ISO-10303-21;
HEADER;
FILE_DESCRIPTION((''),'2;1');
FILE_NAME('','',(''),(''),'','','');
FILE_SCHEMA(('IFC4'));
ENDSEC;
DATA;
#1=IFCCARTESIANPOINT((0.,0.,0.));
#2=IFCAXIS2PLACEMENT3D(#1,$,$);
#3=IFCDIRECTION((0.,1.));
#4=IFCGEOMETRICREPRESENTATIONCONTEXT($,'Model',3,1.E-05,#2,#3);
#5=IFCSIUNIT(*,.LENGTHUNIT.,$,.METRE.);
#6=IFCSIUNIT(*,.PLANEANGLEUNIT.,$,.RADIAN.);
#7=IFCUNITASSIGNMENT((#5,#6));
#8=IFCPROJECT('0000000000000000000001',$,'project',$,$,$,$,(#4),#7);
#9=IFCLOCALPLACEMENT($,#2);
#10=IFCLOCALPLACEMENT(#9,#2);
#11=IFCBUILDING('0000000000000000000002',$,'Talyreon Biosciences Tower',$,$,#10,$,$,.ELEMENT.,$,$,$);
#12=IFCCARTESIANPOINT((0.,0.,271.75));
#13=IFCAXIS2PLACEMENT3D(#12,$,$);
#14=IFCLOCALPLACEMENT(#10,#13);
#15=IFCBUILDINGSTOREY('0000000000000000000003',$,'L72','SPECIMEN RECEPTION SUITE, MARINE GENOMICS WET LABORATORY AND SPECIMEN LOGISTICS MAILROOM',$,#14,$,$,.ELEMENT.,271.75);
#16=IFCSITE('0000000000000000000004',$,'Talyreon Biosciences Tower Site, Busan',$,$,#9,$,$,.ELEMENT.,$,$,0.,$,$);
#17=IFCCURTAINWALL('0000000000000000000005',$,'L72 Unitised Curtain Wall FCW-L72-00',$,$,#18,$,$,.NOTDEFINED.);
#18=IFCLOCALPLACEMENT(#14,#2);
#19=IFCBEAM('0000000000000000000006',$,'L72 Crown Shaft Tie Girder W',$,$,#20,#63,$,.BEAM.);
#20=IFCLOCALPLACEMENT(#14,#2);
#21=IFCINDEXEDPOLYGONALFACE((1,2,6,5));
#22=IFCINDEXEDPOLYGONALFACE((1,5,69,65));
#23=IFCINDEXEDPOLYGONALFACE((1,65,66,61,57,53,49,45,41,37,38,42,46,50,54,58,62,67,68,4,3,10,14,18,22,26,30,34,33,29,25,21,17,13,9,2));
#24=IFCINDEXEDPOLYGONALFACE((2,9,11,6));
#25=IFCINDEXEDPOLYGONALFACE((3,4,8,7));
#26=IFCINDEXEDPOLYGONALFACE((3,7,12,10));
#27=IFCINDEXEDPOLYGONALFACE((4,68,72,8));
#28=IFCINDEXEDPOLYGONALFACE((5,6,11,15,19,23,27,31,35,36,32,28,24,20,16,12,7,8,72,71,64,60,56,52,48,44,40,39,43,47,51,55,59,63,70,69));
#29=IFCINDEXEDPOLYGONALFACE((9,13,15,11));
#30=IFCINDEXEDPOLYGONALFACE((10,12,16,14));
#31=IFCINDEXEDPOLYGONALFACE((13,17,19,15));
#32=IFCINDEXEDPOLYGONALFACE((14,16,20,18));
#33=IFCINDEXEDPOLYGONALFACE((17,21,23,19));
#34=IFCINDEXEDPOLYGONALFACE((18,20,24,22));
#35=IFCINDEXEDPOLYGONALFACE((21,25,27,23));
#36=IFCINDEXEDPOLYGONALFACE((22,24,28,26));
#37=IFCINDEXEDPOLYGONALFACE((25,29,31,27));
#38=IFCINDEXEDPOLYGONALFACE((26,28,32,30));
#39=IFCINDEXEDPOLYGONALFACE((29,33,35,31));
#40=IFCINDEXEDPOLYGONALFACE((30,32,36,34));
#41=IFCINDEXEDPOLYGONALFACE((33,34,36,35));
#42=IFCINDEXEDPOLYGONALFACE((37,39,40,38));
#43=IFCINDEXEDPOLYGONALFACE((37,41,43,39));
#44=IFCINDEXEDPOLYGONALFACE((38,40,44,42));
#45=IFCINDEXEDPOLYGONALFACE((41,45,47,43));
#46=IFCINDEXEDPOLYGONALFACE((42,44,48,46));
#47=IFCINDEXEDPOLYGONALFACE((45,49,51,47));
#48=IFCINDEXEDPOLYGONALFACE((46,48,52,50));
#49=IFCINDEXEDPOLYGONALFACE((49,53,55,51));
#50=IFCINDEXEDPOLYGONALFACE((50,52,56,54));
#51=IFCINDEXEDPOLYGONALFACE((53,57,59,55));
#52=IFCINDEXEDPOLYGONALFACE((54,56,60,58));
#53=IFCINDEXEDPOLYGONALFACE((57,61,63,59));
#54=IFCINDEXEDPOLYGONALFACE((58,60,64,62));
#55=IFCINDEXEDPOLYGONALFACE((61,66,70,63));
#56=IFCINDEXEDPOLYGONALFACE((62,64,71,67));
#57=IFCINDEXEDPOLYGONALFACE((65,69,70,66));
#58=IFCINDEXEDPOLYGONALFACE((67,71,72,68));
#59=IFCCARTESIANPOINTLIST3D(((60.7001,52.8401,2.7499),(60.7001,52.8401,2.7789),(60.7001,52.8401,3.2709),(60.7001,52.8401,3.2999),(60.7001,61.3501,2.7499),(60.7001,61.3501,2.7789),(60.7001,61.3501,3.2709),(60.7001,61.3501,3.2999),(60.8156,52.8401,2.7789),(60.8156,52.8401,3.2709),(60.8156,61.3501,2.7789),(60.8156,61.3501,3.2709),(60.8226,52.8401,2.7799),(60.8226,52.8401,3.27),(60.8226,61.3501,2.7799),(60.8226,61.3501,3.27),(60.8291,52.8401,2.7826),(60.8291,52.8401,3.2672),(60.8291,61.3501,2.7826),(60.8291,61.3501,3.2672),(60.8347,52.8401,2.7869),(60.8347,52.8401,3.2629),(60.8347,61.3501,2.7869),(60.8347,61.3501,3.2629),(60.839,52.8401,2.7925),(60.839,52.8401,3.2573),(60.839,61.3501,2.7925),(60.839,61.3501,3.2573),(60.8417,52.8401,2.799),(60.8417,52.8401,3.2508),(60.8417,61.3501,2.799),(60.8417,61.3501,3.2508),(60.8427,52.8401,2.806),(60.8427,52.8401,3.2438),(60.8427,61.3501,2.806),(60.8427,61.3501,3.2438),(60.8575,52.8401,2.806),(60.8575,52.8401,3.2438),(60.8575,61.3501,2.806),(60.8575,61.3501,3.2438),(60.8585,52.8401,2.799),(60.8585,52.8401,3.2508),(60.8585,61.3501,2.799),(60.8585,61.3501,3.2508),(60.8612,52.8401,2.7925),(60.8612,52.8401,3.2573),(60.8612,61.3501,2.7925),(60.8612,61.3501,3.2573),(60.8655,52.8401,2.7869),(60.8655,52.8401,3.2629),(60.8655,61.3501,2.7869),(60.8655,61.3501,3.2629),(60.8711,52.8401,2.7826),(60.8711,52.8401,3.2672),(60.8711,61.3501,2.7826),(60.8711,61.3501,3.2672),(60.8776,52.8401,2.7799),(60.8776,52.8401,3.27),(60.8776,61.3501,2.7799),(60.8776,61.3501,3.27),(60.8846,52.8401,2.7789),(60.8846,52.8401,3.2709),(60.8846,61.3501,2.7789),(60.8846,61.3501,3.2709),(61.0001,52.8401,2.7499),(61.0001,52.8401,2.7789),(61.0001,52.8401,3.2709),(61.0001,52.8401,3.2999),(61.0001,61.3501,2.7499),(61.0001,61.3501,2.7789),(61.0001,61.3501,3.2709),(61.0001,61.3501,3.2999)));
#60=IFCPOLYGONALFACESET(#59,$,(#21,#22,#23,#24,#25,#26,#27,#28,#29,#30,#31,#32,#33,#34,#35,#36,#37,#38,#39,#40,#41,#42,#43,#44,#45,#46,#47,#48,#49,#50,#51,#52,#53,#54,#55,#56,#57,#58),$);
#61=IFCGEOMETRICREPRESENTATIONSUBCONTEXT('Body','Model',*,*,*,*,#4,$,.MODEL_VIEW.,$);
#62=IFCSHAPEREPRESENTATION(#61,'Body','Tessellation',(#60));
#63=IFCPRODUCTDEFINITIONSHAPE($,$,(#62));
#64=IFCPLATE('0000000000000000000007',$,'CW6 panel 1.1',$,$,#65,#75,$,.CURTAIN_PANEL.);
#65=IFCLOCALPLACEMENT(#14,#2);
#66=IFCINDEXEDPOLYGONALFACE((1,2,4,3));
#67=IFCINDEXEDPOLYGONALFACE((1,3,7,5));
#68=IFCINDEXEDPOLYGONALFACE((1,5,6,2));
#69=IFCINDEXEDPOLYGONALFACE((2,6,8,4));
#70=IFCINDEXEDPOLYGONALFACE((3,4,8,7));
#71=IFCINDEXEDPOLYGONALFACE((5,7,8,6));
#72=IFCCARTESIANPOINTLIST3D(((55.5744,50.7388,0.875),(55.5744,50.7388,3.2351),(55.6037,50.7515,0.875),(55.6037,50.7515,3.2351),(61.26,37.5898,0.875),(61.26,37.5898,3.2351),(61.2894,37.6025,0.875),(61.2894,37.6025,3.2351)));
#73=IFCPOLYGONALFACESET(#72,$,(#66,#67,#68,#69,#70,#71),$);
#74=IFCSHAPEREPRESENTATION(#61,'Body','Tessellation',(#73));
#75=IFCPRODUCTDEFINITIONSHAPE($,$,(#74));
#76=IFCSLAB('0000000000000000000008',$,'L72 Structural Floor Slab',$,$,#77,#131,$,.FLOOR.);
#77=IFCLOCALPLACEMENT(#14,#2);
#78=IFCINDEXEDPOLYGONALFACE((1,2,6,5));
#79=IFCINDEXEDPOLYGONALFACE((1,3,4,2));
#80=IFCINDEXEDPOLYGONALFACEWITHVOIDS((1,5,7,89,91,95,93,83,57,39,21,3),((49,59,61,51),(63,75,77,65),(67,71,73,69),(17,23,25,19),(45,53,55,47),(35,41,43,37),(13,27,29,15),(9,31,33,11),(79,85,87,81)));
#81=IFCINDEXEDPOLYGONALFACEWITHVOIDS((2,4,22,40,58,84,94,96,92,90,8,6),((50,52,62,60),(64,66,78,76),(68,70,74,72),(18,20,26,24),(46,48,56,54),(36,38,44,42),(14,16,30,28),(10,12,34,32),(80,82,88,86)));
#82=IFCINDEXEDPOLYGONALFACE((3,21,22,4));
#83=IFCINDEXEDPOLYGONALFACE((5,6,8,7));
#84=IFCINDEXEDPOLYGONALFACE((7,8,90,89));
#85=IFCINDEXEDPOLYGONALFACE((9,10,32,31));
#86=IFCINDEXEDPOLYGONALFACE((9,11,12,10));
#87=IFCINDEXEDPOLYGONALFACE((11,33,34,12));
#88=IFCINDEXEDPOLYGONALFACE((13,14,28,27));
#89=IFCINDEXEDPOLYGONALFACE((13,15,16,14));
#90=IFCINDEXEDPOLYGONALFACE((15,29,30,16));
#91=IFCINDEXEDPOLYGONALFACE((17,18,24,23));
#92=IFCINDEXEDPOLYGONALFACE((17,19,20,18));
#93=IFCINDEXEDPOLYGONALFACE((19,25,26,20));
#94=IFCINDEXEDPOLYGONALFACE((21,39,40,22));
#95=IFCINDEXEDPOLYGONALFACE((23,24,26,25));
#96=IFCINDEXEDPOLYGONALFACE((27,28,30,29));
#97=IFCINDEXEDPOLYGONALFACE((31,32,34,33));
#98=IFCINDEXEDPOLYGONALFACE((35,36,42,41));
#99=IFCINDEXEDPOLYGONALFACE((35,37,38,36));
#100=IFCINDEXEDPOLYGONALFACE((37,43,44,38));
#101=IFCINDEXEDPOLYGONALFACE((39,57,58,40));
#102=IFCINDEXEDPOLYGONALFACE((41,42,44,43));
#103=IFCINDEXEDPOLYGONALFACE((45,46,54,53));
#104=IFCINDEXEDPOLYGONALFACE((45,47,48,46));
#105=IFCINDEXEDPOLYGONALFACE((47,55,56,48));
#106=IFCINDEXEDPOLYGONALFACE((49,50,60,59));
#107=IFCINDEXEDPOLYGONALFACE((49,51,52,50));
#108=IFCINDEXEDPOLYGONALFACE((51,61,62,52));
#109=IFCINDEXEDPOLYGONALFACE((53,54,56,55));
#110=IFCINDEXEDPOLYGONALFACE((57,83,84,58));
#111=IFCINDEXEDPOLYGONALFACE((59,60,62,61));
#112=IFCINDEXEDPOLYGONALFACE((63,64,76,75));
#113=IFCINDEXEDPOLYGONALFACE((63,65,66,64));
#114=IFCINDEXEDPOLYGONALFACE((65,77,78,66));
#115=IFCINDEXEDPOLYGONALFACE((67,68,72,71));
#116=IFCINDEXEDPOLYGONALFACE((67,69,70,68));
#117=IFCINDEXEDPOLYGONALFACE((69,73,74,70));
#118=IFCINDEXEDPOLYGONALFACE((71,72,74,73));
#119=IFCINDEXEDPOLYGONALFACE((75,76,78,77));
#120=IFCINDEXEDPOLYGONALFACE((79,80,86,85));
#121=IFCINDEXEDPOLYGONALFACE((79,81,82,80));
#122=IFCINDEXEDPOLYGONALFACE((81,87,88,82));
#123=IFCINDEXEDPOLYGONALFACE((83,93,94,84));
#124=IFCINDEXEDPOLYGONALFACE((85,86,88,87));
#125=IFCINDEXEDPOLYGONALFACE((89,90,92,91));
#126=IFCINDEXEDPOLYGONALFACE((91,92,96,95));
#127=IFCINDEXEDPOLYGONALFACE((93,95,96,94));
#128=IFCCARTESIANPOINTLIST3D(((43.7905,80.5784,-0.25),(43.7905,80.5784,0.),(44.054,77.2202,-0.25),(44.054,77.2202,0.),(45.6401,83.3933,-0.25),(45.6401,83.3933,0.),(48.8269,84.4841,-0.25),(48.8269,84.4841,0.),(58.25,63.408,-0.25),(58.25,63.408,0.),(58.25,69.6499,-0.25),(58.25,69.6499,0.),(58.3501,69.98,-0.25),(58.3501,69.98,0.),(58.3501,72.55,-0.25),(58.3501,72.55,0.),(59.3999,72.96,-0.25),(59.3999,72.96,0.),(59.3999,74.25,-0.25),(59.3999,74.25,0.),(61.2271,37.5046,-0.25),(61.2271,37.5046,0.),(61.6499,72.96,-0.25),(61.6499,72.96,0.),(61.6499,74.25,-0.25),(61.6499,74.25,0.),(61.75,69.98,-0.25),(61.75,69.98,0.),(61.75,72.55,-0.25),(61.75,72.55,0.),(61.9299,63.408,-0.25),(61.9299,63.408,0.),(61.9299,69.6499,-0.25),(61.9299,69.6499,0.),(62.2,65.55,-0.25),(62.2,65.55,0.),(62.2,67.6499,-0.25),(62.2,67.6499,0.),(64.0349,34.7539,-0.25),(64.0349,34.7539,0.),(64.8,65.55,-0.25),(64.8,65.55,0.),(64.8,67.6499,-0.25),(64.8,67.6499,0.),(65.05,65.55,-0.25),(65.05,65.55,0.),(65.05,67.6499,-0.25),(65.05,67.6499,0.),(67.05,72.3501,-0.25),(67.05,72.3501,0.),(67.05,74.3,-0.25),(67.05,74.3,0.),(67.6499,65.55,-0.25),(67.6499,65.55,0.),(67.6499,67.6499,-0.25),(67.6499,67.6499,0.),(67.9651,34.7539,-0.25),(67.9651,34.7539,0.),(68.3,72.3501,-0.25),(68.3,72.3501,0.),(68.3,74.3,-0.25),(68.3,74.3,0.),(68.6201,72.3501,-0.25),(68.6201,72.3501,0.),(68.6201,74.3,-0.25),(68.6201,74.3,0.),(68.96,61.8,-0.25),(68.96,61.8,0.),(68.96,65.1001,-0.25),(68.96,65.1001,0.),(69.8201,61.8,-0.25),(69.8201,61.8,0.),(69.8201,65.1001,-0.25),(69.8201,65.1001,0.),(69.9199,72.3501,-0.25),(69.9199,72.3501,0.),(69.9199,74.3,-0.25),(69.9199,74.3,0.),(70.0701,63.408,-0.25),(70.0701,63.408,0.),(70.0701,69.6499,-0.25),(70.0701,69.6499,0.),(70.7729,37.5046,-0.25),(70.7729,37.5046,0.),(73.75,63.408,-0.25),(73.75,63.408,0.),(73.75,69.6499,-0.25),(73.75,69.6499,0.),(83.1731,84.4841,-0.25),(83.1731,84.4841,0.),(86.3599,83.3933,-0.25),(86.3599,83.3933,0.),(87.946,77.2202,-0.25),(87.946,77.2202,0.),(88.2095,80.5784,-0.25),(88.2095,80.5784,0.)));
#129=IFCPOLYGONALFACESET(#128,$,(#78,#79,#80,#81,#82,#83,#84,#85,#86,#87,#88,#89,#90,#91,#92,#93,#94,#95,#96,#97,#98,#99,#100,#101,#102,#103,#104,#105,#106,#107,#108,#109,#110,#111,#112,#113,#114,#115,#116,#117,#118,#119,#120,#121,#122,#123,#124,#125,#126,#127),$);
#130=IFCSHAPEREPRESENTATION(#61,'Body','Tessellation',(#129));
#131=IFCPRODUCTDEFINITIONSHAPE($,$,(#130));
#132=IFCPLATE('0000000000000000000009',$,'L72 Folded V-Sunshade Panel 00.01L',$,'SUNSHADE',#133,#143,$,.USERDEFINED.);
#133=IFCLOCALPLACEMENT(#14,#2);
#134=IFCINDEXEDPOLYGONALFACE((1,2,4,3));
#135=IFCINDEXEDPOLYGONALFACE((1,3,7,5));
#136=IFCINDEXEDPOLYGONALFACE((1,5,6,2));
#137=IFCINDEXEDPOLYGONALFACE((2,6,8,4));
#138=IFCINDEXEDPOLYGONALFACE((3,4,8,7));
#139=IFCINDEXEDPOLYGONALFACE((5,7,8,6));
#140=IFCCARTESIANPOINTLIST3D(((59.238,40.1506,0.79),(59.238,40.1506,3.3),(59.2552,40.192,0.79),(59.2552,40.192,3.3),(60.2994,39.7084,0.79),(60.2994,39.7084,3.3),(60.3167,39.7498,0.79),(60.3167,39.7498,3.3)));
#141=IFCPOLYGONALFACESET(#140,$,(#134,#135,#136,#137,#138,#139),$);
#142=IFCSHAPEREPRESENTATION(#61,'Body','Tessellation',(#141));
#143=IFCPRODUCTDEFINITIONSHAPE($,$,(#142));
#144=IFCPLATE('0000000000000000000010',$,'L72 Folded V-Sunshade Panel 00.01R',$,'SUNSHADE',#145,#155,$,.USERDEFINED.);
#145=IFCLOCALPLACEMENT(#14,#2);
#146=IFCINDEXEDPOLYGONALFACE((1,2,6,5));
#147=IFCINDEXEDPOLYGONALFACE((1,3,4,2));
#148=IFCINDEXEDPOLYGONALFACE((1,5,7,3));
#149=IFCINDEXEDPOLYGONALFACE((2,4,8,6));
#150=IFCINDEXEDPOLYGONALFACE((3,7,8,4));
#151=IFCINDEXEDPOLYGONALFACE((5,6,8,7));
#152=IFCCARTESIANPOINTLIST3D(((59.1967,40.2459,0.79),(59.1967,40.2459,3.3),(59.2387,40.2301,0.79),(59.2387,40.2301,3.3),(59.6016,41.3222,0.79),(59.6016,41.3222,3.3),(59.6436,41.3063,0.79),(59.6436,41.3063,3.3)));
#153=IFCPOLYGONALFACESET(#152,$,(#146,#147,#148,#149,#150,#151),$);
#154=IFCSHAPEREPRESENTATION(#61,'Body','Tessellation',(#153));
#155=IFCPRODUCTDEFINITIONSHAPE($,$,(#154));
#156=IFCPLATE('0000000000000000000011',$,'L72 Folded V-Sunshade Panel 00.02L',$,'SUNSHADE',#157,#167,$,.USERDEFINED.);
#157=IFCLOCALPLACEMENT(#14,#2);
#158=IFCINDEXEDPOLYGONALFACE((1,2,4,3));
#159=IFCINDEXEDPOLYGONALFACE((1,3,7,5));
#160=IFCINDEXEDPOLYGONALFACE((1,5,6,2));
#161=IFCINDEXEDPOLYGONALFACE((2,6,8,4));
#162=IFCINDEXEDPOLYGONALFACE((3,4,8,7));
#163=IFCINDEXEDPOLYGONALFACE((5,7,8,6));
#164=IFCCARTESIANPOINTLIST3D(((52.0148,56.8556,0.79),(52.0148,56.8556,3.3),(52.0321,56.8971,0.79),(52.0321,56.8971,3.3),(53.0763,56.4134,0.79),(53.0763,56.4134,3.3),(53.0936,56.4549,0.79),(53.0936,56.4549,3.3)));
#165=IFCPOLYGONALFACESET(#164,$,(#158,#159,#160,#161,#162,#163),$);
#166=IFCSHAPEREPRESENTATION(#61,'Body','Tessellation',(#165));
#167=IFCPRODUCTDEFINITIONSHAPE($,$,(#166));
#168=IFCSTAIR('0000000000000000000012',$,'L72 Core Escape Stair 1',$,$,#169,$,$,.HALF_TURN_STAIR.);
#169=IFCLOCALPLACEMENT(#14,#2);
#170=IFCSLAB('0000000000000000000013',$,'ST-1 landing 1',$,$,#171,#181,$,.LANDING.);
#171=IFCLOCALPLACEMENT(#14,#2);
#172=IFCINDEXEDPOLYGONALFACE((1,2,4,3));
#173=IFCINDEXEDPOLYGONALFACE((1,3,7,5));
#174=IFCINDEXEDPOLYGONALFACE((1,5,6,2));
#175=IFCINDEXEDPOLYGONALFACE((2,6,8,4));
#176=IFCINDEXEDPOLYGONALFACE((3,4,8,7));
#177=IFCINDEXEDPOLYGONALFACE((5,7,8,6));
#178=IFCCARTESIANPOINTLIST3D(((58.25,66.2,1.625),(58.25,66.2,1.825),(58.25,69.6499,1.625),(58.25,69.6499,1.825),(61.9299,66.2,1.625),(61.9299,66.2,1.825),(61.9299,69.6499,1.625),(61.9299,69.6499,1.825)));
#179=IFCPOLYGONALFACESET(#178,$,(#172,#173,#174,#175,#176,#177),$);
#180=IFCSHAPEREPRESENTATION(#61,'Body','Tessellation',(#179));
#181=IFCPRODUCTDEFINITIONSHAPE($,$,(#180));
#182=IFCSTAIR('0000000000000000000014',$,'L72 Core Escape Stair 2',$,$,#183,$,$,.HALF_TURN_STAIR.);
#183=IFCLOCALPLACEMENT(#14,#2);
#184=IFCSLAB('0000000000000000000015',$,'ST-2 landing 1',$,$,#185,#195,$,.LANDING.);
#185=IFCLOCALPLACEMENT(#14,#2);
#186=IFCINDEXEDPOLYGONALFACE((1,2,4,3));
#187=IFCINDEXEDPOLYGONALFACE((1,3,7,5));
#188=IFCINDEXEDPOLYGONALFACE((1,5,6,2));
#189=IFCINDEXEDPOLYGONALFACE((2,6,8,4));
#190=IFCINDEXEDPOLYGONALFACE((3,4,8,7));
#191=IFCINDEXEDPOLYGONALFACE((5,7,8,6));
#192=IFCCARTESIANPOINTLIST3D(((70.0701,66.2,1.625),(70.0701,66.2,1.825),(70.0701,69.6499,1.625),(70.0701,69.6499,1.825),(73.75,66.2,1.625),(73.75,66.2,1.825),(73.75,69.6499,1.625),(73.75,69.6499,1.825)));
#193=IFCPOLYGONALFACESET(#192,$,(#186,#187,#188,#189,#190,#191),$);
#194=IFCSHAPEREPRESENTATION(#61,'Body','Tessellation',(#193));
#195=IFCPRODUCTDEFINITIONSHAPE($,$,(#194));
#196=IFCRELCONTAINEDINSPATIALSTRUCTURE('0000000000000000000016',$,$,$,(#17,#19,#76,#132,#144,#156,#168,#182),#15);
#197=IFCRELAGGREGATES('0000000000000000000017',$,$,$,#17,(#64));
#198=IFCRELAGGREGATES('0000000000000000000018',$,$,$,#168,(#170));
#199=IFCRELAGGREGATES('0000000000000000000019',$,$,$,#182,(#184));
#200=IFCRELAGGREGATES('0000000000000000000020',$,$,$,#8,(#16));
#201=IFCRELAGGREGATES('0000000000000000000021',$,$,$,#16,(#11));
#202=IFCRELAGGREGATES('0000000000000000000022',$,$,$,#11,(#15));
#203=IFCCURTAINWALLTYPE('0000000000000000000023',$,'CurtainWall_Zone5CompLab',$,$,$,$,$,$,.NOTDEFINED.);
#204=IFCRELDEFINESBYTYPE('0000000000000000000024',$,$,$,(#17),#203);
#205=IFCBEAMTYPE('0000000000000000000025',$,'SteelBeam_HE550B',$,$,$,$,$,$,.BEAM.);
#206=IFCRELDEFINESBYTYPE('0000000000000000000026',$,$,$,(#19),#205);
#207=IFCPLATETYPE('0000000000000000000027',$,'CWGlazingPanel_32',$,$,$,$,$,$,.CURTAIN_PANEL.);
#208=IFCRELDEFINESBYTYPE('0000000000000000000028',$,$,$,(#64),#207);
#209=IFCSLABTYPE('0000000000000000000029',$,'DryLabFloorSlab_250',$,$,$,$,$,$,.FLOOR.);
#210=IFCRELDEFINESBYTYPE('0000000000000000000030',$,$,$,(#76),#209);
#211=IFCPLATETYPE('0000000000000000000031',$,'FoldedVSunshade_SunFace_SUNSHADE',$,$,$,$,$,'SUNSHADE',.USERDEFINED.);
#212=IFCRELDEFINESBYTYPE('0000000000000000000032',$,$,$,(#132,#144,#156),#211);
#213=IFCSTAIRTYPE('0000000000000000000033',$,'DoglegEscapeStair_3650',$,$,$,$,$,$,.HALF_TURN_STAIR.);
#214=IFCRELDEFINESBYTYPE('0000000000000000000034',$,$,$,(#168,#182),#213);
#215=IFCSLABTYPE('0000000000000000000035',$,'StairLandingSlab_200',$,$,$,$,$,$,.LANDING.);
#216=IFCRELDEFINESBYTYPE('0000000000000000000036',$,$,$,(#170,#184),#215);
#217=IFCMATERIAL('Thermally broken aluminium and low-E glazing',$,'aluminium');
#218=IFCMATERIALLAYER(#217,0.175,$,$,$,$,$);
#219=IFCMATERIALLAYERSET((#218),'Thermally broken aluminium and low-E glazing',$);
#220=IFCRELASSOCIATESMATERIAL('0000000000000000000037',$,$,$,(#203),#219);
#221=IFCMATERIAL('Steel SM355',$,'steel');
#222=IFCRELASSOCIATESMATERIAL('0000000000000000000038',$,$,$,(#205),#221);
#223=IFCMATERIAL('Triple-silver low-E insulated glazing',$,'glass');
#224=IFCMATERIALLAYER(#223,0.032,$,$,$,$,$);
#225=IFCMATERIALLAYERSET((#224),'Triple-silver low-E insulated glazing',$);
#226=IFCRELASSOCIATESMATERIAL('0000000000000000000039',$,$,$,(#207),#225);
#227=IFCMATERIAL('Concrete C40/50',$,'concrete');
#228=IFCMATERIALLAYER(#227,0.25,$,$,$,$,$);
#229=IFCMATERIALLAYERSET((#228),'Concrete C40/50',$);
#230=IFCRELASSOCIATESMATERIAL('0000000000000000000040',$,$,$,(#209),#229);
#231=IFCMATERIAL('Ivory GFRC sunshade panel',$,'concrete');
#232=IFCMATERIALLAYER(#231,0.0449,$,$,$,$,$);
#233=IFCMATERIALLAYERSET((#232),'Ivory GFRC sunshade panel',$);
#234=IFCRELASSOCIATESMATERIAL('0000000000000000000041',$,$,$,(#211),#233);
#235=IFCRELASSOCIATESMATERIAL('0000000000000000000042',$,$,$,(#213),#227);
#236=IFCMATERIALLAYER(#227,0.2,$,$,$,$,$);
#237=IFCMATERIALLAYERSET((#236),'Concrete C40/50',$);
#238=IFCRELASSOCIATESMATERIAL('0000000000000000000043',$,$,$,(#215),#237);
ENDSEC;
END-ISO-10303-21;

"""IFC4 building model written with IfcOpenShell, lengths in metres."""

from ifc_helpers import new_model, si_unit, direction, frame, origin, origin_2d, place, context, subcontext, project, spatial, polyline, rectangle, i_section, outline, extrude, material, layer, layer_set, material_profile, profile_set, type_object, element, aggregate, save


model = new_model("IFC4")

# Units and contexts
model_context = context("Model", 3, precision=1e-05, world=origin(), true_north=direction((0.0, 1.0)))
body_context = subcontext(model_context, "Body", "Model", "MODEL_VIEW")
ifc_project = project(units=[si_unit("LENGTHUNIT", "METRE"), si_unit("PLANEANGLEUNIT", "RADIAN")], contexts=[model_context])

# Site, building, storey
site_placement = place(None, origin())
site = spatial("IfcSite", under=ifc_project, at=site_placement, Name="Talyreon Biosciences Tower Site, Busan", CompositionType="ELEMENT", RefElevation=0.0)
building_placement = place(site_placement, origin())
building = spatial("IfcBuilding", under=site, at=building_placement, Name="Talyreon Biosciences Tower", CompositionType="ELEMENT")
storey_placement = place(building_placement, frame((0.0, 0.0, 271.75)))
storey = spatial("IfcBuildingStorey", under=building, at=storey_placement, Name="L72", Description="SPECIMEN RECEPTION SUITE, MARINE GENOMICS WET LABORATORY AND SPECIMEN LOGISTICS MAILROOM", CompositionType="ELEMENT", Elevation=271.75)

# Curtain wall
ifc_material_1 = material(Name="Thermally broken aluminium and low-E glazing", Category="aluminium")
ifc_layer_1 = layer(ifc_material_1, 0.175)
ifc_layer_set_1 = layer_set([ifc_layer_1], Name="Thermally broken aluminium and low-E glazing")
curtain_wall_type = type_object("IfcCurtainWallType", Name="CurtainWall_Zone5CompLab", PredefinedType="NOTDEFINED", material=ifc_layer_set_1)
curtain_wall_placement = place(storey_placement, origin())
curtain_wall = element("IfcCurtainWall", 1, at=curtain_wall_placement, inside=storey, type_object=curtain_wall_type, Name="L72 Unitised Curtain Wall FCW-L72-00", PredefinedType="NOTDEFINED")

# Beam
ifc_material_2 = material(Name="Steel SM355", Category="steel")
ifc_material_profile_1 = material_profile(ifc_material_2, i_section(OverallWidth=0.3, OverallDepth=0.55, WebThickness=0.0149, FlangeThickness=0.0291, FilletRadius=0.0271, at=origin_2d()), Name="HE550B")
ifc_profile_set_1 = profile_set([ifc_material_profile_1], Name="Steel SM355")
beam_type_1 = type_object("IfcBeamType", Name="SteelBeam_HE550B", PredefinedType="BEAM", material=ifc_profile_set_1)
beam_1_placement = place(storey_placement, frame((60.8501, 52.8401, 3.0249), z_axis=(0.0, 1.0, 0.0), x_axis=(-1.0, 0.0, 0.0)))
element("IfcBeam", 2, at=beam_1_placement, inside=storey, type_object=beam_type_1, Name="L72 Crown Shaft Tie Girder W", PredefinedType="BEAM", context=body_context, shape_type="SweptSolid", body=[
    extrude(i_section(OverallWidth=0.3, OverallDepth=0.55, WebThickness=0.0149, FlangeThickness=0.0291, FilletRadius=0.0271, at=origin_2d()), origin(), (0.0, 0.0, 1.0), 8.51),
])

# Plate
ifc_material_3 = material(Name="Triple-silver low-E insulated glazing", Category="glass")
ifc_layer_2 = layer(ifc_material_3, 0.032)
ifc_layer_set_2 = layer_set([ifc_layer_2], Name="Triple-silver low-E insulated glazing")
plate_type_1 = type_object("IfcPlateType", Name="CWGlazingPanel_32", PredefinedType="CURTAIN_PANEL", material=ifc_layer_set_2)
plate_placement = place(storey_placement, frame((58.4319, 44.1707, 0.875), z_axis=(0.0, 0.0, 1.0), x_axis=(-0.396887, 0.917868, 0.0)))
plate = element("IfcPlate", 3, at=plate_placement, type_object=plate_type_1, Name="CW6 panel 1.1", PredefinedType="CURTAIN_PANEL", context=body_context, shape_type="SweptSolid", body=[
    extrude(rectangle(XDim=14.3257, YDim=0.032, at=origin_2d()), origin(), (0.0, 0.0, 1.0), 2.3601),
])
aggregate(curtain_wall, [plate])

# Slab
ifc_material_4 = material(Name="Concrete C40/50", Category="concrete")
ifc_layer_3 = layer(ifc_material_4, 0.25)
ifc_layer_set_3 = layer_set([ifc_layer_3], Name="Concrete C40/50")
slab_type_1 = type_object("IfcSlabType", Name="DryLabFloorSlab_250", PredefinedType="FLOOR", material=ifc_layer_set_3)
slab_1_placement = place(storey_placement, frame((0.0, 0.0, -0.25)))
element("IfcSlab", 4, at=slab_1_placement, inside=storey, type_object=slab_type_1, Name="L72 Structural Floor Slab", PredefinedType="FLOOR", context=body_context, shape_type="SweptSolid", body=[
    extrude(outline(polyline([(61.2271, 37.5046), (44.054, 77.2202), (43.7905, 80.5784), (45.6401, 83.3933), (48.8269, 84.4841), (83.1731, 84.4841), (86.3599, 83.3933), (88.2095, 80.5784), (87.946, 77.2202), (70.7729, 37.5046), (67.9651, 34.7539), (64.0349, 34.7539), (61.2271, 37.5046)]), holes=[polyline([(69.8201, 65.1001), (69.8201, 61.8), (68.96, 61.8), (68.96, 65.1001), (69.8201, 65.1001)]), polyline([(61.9299, 69.6499), (61.9299, 63.408), (58.25, 63.408), (58.25, 69.6499), (61.9299, 69.6499)]), polyline([(73.75, 69.6499), (73.75, 63.408), (70.0701, 63.408), (70.0701, 69.6499), (73.75, 69.6499)]), polyline([(64.8, 67.6499), (64.8, 65.55), (62.2, 65.55), (62.2, 67.6499), (64.8, 67.6499)]), polyline([(67.6499, 67.6499), (67.6499, 65.55), (65.05, 65.55), (65.05, 67.6499), (67.6499, 67.6499)]), polyline([(61.75, 72.55), (61.75, 69.98), (58.3501, 69.98), (58.3501, 72.55), (61.75, 72.55)]), polyline([(68.3, 74.3), (68.3, 72.3501), (67.05, 72.3501), (67.05, 74.3), (68.3, 74.3)]), polyline([(69.9199, 72.3501), (68.6201, 72.3501), (68.6201, 74.3), (69.9199, 74.3), (69.9199, 72.3501)]), polyline([(61.6499, 72.96), (59.3999, 72.96), (59.3999, 74.25), (61.6499, 74.25), (61.6499, 72.96)])]), origin(), (0.0, 0.0, 1.0), 0.25),
])

# Plates
ifc_material_5 = material(Name="Ivory GFRC sunshade panel", Category="concrete")
ifc_layer_4 = layer(ifc_material_5, 0.0449)
ifc_layer_set_4 = layer_set([ifc_layer_4], Name="Ivory GFRC sunshade panel")
plate_type_2 = type_object("IfcPlateType", Name="FoldedVSunshade_SunFace_SUNSHADE", ElementType="SUNSHADE", PredefinedType="USERDEFINED", material=ifc_layer_set_4)
for number, where, z_axis, x_axis, name in (
    (5, (59.7773, 39.9502, 0.79), (0.0, 0.0, 1.0), (-0.923103, 0.384553, 0.0), "L72 Folded V-Sunshade Panel 00.01L"),
    (6, (59.4202, 40.7761, 0.79), (0.0, 0.0, 1.0), (0.352103, 0.935961, 0.0), "L72 Folded V-Sunshade Panel 00.01R"),
    (7, (52.5542, 56.6553, 0.79), (0.0, 0.0, 1.0), (-0.923103, 0.384553, 0.0), "L72 Folded V-Sunshade Panel 00.02L"),
):
    element("IfcPlate", number, at=place(storey_placement, frame(where, z_axis=z_axis, x_axis=x_axis)), inside=storey, type_object=plate_type_2, Name=name, ObjectType="SUNSHADE", PredefinedType="USERDEFINED", context=body_context, shape_type="SweptSolid", body=[
        extrude(rectangle(XDim=1.1499, YDim=0.0449, at=origin_2d()), origin(), (0.0, 0.0, 1.0), 2.51),
    ])

# Stairs, slabs
stair_type = type_object("IfcStairType", Name="DoglegEscapeStair_3650", PredefinedType="HALF_TURN_STAIR", material=ifc_material_4)
stair_1_placement = place(storey_placement, origin())
stair_1 = element("IfcStair", 8, at=stair_1_placement, inside=storey, type_object=stair_type, Name="L72 Core Escape Stair 1", PredefinedType="HALF_TURN_STAIR")
ifc_layer_5 = layer(ifc_material_4, 0.2)
ifc_layer_set_5 = layer_set([ifc_layer_5], Name="Concrete C40/50")
slab_type_2 = type_object("IfcSlabType", Name="StairLandingSlab_200", PredefinedType="LANDING", material=ifc_layer_set_5)
slab_2_placement = place(storey_placement, frame((0.0, 0.0, 1.625)))
slab_2 = element("IfcSlab", 9, at=slab_2_placement, type_object=slab_type_2, Name="ST-1 landing 1", PredefinedType="LANDING", context=body_context, shape_type="SweptSolid", body=[
    extrude(outline(polyline([(61.9299, 66.2), (61.9299, 69.6499), (58.25, 69.6499), (58.25, 66.2), (61.9299, 66.2)])), origin(), (0.0, 0.0, 1.0), 0.2),
])
aggregate(stair_1, [slab_2])
stair_2_placement = place(storey_placement, origin())
stair_2 = element("IfcStair", 10, at=stair_2_placement, inside=storey, type_object=stair_type, Name="L72 Core Escape Stair 2", PredefinedType="HALF_TURN_STAIR")
slab_3_placement = place(storey_placement, frame((0.0, 0.0, 1.625)))
slab_3 = element("IfcSlab", 11, at=slab_3_placement, type_object=slab_type_2, Name="ST-2 landing 1", PredefinedType="LANDING", context=body_context, shape_type="SweptSolid", body=[
    extrude(outline(polyline([(73.75, 66.2), (73.75, 69.6499), (70.0701, 69.6499), (70.0701, 66.2), (73.75, 66.2)])), origin(), (0.0, 0.0, 1.0), 0.2),
])
aggregate(stair_2, [slab_3])

save(model, "model.ifc")
